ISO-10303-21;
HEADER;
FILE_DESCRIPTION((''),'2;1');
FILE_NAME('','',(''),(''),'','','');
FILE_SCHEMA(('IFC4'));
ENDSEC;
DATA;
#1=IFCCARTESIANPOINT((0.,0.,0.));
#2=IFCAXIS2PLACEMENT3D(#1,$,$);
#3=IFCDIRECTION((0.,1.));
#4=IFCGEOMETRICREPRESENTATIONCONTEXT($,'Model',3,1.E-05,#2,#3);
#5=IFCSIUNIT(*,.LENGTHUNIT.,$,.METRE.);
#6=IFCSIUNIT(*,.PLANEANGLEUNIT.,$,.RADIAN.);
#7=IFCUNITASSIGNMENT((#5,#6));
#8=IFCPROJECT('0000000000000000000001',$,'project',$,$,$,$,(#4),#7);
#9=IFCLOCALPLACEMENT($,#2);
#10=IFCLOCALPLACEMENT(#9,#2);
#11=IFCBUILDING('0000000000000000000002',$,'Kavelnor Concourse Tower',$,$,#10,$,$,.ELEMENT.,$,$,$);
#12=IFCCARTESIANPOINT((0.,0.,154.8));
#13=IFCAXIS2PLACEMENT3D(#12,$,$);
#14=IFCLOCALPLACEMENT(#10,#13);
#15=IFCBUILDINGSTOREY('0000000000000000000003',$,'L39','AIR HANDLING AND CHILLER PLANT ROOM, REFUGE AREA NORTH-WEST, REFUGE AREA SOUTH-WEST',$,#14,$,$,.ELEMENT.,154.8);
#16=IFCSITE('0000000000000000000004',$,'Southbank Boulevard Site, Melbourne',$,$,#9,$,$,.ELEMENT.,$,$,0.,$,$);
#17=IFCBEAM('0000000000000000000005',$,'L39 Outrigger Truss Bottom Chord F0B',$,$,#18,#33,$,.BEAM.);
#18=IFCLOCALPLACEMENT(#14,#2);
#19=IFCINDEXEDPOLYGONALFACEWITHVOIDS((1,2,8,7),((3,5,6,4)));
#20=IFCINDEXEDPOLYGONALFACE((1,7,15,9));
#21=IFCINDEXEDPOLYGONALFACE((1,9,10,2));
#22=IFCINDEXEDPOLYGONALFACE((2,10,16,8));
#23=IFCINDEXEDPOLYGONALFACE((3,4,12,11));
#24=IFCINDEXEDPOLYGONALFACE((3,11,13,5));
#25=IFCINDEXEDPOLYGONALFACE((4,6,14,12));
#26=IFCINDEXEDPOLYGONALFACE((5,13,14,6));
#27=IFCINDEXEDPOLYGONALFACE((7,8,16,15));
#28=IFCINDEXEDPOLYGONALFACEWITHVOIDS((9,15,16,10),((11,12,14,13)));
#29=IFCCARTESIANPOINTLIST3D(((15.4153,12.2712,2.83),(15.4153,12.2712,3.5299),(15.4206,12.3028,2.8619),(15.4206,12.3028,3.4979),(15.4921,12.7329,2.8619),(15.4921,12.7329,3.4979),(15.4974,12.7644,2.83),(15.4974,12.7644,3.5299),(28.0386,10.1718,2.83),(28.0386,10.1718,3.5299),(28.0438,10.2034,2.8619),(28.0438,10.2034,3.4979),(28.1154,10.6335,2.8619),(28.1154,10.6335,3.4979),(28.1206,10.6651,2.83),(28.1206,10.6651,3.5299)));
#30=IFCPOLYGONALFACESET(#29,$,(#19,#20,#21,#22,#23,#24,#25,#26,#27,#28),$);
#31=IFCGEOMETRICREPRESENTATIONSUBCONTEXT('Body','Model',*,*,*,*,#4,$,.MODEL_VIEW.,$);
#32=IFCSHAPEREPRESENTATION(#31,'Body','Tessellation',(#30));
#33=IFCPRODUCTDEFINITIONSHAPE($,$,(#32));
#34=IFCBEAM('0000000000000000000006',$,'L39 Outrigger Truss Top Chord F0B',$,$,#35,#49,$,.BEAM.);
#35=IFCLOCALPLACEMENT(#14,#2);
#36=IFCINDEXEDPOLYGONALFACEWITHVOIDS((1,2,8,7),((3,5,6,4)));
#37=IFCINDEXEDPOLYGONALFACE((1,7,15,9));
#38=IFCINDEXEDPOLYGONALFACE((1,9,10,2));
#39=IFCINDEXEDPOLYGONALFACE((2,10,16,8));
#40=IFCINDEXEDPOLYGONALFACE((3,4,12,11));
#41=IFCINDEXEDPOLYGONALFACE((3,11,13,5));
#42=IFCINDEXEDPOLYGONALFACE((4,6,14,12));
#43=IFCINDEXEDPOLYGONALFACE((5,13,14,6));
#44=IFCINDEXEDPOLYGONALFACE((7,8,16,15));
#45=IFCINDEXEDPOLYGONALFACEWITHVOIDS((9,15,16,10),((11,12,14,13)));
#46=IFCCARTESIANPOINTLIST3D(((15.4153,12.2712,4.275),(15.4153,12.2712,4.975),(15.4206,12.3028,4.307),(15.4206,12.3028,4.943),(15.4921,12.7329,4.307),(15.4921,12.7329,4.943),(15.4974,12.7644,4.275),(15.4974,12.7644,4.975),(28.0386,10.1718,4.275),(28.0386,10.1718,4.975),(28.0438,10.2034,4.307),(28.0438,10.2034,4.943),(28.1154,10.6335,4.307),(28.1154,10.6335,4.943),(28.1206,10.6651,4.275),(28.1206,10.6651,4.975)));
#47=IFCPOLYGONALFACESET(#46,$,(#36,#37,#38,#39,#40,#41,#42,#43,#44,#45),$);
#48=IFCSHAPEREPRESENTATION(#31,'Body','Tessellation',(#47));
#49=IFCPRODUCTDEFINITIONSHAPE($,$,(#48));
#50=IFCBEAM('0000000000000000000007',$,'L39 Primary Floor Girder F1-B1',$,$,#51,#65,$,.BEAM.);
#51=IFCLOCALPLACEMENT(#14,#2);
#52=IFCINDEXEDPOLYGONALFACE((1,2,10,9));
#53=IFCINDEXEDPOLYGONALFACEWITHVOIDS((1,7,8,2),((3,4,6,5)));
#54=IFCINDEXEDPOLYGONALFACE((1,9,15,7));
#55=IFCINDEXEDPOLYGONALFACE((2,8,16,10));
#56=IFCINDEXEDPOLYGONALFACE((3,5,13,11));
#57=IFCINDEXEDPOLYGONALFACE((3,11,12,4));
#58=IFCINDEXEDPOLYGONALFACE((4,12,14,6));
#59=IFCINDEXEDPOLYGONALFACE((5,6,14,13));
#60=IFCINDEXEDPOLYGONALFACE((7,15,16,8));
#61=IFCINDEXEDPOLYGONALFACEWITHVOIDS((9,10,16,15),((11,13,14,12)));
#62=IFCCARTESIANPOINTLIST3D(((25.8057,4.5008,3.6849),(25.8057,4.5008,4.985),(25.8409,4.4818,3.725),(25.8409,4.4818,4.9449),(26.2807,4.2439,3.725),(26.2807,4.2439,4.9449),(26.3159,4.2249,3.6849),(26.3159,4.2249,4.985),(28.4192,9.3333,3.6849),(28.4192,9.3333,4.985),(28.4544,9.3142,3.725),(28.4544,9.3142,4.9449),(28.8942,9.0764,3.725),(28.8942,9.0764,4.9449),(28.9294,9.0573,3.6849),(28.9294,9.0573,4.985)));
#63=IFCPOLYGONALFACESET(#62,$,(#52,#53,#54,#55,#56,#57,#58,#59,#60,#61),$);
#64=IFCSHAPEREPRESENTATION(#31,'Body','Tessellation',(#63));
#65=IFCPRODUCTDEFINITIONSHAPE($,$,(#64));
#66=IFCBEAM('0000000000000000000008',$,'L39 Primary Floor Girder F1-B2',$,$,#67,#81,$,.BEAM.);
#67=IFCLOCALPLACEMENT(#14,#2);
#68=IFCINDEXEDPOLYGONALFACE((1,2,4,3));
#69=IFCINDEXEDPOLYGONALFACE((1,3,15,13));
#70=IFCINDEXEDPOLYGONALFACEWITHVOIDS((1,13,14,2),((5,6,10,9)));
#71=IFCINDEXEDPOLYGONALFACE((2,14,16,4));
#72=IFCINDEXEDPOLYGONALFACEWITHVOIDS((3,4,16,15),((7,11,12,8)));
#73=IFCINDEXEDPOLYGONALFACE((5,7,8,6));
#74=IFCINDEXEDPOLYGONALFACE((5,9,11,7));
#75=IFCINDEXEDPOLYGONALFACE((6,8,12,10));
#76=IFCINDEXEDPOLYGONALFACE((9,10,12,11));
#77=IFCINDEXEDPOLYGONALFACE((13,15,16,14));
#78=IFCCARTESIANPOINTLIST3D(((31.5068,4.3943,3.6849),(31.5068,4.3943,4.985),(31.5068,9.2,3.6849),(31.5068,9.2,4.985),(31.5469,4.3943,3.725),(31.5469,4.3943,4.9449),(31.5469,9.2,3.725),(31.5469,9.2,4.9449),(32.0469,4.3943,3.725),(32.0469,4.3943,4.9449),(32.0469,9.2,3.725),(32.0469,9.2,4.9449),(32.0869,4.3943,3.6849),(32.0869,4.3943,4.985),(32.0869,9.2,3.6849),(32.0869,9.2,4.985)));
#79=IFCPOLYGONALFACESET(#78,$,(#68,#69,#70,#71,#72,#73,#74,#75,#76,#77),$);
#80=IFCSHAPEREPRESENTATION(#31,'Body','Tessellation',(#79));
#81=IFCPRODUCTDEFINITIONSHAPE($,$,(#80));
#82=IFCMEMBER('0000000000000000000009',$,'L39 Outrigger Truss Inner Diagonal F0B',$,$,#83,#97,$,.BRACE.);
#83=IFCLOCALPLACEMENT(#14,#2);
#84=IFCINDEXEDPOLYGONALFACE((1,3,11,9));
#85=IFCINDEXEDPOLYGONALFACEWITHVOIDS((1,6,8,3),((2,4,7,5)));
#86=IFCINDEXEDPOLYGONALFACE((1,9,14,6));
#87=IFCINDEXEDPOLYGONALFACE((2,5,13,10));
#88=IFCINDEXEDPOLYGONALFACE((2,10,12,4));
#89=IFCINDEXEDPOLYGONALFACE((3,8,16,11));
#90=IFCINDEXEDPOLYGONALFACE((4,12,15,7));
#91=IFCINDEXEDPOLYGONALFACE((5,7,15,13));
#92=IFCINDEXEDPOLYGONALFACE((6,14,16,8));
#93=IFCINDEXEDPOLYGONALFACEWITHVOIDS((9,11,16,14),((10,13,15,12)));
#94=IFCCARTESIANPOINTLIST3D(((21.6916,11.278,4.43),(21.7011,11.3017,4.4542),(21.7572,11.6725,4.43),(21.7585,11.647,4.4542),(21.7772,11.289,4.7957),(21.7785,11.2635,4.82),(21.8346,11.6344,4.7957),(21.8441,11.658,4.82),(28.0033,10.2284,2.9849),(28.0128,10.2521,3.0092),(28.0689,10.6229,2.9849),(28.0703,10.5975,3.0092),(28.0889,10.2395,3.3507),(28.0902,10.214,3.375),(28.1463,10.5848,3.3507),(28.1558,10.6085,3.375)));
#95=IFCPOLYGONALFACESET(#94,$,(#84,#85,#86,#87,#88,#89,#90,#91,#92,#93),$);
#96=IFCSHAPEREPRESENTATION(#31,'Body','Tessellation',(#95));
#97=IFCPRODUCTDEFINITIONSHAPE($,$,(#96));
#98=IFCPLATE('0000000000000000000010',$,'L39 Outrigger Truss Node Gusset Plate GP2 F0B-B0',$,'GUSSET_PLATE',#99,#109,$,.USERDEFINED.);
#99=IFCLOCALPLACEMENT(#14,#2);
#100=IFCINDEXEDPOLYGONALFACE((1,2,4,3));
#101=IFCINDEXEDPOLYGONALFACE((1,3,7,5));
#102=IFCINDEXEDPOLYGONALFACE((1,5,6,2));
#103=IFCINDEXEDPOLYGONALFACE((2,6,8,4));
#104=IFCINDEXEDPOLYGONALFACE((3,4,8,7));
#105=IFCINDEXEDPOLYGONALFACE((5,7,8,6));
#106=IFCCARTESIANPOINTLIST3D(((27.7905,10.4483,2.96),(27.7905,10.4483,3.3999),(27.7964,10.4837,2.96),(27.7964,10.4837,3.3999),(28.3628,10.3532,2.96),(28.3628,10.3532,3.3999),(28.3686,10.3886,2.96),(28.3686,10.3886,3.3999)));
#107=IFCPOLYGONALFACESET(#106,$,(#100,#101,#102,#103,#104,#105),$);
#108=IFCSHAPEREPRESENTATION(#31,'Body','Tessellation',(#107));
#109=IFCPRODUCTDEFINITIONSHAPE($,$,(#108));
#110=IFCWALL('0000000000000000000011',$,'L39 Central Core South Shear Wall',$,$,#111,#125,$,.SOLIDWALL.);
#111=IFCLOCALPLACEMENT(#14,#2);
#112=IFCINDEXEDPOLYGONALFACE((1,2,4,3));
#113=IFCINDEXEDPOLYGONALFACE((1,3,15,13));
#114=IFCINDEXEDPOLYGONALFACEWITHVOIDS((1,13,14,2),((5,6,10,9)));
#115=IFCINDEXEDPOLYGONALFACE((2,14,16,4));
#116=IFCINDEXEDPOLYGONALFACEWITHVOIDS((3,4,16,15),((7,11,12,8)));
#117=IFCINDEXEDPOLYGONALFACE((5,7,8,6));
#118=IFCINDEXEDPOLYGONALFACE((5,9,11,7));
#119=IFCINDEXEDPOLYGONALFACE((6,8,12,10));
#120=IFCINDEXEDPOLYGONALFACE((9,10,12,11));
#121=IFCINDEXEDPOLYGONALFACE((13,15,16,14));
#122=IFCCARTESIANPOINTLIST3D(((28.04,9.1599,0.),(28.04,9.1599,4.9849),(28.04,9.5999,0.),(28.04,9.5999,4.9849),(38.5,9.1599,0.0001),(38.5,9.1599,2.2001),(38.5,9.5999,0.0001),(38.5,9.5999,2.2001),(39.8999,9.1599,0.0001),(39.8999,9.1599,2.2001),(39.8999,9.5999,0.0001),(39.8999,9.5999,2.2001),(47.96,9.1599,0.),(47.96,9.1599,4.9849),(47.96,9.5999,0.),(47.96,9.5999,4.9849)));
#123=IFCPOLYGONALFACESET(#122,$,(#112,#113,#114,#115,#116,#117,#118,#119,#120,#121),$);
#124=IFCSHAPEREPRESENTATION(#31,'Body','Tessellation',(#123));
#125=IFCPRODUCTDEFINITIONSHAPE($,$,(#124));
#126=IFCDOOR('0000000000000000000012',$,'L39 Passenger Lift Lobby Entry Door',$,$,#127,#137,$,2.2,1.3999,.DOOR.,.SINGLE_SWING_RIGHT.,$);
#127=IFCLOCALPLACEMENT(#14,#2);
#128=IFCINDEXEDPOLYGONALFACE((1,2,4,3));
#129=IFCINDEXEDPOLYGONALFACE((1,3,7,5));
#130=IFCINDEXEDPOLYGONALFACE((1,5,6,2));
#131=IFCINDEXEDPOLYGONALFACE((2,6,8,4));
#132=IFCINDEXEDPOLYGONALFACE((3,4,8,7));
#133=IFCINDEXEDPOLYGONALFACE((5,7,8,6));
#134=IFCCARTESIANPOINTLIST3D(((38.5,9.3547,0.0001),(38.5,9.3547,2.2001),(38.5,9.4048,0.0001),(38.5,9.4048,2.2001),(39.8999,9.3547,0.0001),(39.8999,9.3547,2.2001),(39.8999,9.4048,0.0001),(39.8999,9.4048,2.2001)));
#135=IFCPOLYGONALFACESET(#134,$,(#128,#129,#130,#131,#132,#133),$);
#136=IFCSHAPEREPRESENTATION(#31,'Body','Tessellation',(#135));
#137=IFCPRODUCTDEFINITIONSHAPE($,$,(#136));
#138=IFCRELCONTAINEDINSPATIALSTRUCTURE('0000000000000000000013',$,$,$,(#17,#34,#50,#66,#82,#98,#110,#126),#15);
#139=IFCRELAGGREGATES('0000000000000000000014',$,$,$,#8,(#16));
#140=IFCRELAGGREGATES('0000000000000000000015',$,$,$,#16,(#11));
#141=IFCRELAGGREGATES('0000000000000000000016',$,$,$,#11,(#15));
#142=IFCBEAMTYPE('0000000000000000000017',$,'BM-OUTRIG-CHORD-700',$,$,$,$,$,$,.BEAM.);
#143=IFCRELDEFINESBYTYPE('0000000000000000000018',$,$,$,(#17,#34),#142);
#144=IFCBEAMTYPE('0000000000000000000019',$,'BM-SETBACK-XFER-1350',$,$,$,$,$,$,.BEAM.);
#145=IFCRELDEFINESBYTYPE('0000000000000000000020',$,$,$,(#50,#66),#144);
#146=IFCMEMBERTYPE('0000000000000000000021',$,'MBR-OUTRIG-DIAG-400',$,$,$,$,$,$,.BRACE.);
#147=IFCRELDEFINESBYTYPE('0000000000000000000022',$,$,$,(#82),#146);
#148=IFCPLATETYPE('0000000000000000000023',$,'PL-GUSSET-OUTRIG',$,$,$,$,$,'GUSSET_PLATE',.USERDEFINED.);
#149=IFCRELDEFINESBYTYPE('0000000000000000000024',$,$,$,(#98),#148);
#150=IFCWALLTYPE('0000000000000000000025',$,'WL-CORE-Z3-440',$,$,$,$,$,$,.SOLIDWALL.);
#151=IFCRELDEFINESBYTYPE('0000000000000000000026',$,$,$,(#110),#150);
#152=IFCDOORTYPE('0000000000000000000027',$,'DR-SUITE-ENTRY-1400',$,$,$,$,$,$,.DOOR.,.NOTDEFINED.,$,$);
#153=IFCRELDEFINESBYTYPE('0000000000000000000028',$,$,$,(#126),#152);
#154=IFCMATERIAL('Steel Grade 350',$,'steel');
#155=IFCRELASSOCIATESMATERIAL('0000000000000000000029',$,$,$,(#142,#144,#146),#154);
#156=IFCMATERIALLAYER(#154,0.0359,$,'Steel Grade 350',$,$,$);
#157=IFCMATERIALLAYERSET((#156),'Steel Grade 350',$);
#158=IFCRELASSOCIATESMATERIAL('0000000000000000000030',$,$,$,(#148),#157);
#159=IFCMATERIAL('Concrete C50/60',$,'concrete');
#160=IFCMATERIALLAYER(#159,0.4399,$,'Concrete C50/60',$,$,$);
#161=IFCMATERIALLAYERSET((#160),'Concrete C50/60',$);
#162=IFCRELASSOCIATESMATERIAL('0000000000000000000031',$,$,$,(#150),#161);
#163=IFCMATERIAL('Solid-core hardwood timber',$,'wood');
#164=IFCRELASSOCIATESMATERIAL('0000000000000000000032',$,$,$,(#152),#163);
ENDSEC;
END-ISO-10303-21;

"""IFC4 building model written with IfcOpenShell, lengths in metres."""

from ifc_helpers import new_model, si_unit, direction, frame, frame_2d, origin, origin_2d, place, context, subcontext, project, spatial, rectangle, hollow_rectangle, extrude, material, layer, layer_set, material_profile, profile_set, type_object, element, fill, save


model = new_model("IFC4")

# Units and contexts
model_context = context("Model", 3, precision=1e-05, world=origin(), true_north=direction((0.0, 1.0)))
body_context = subcontext(model_context, "Body", "Model", "MODEL_VIEW")
ifc_project = project(units=[si_unit("LENGTHUNIT", "METRE"), si_unit("PLANEANGLEUNIT", "RADIAN")], contexts=[model_context])

# Site, building, storey
site_placement = place(None, origin())
site = spatial("IfcSite", under=ifc_project, at=site_placement, Name="Southbank Boulevard Site, Melbourne", CompositionType="ELEMENT", RefElevation=0.0)
building_placement = place(site_placement, origin())
building = spatial("IfcBuilding", under=site, at=building_placement, Name="Kavelnor Concourse Tower", CompositionType="ELEMENT")
storey_placement = place(building_placement, frame((0.0, 0.0, 154.8)))
storey = spatial("IfcBuildingStorey", under=building, at=storey_placement, Name="L39", Description="AIR HANDLING AND CHILLER PLANT ROOM, REFUGE AREA NORTH-WEST, REFUGE AREA SOUTH-WEST", CompositionType="ELEMENT", Elevation=154.8)

# Beams
ifc_material_1 = material(Name="Steel Grade 350", Category="steel")
ifc_material_profile_1 = material_profile(ifc_material_1, hollow_rectangle(XDim=0.5, YDim=0.7, WallThickness=0.032, at=origin_2d()), Name="RHS 700x500x32")
ifc_profile_set_1 = profile_set([ifc_material_profile_1], Name="Steel Grade 350")
beam_type_1 = type_object("IfcBeamType", Name="BM-OUTRIG-CHORD-700", PredefinedType="BEAM", material=ifc_profile_set_1)
for number, where, z_axis, x_axis, name in (
    (1, (28.0796, 10.4185, 3.1799), (-0.986451, 0.164056, 0.0), (-0.164056, -0.986451, 0.0), "L39 Outrigger Truss Bottom Chord F0B"),
    (2, (28.0796, 10.4185, 4.625), (-0.986451, 0.164056, 0.0), (-0.164056, -0.986451, 0.0), "L39 Outrigger Truss Top Chord F0B"),
):
    element("IfcBeam", number, at=place(storey_placement, frame(where, z_axis=z_axis, x_axis=x_axis)), inside=storey, type_object=beam_type_1, Name=name, PredefinedType="BEAM", context=body_context, shape_type="SweptSolid", body=[
        extrude(hollow_rectangle(XDim=0.5, YDim=0.7, WallThickness=0.032, at=origin_2d()), origin(), (0.0, 0.0, 1.0), 12.7966),
    ])
ifc_material_profile_2 = material_profile(ifc_material_1, hollow_rectangle(XDim=0.5801, YDim=1.3, WallThickness=0.04, at=origin_2d()), Name="RHS 1300x580x40")
ifc_profile_set_2 = profile_set([ifc_material_profile_2], Name="Steel Grade 350")
beam_type_2 = type_object("IfcBeamType", Name="BM-SETBACK-XFER-1350", PredefinedType="BEAM", material=ifc_profile_set_2)
beam_1_placement = place(storey_placement, frame((28.6743, 9.1953, 4.335), z_axis=(-0.475708, -0.879603, 0.0), x_axis=(0.879603, -0.475708, 0.0)))
element("IfcBeam", 3, at=beam_1_placement, inside=storey, type_object=beam_type_2, Name="L39 Primary Floor Girder F1-B1", PredefinedType="BEAM", context=body_context, shape_type="SweptSolid", body=[
    extrude(hollow_rectangle(XDim=0.5801, YDim=1.3, WallThickness=0.04, at=origin_2d()), origin(), (0.0, 0.0, 1.0), 5.4939),
])
beam_2_placement = place(storey_placement, frame((31.7969, 9.2, 4.335), z_axis=(0.0, -1.0, 0.0), x_axis=(1.0, 0.0, 0.0)))
element("IfcBeam", 4, at=beam_2_placement, inside=storey, type_object=beam_type_2, Name="L39 Primary Floor Girder F1-B2", PredefinedType="BEAM", context=body_context, shape_type="SweptSolid", body=[
    extrude(hollow_rectangle(XDim=0.5801, YDim=1.3, WallThickness=0.04, at=origin_2d()), origin(), (0.0, 0.0, 1.0), 4.8057),
])

# Member
ifc_material_profile_3 = material_profile(ifc_material_1, hollow_rectangle(XDim=0.3999, YDim=0.3999, WallThickness=0.0249, at=origin_2d()), Name="SHS 400x400x25")
ifc_profile_set_3 = profile_set([ifc_material_profile_3], Name="Steel Grade 350")
member_type = type_object("IfcMemberType", Name="MBR-OUTRIG-DIAG-400", PredefinedType="BRACE", material=ifc_profile_set_3)
member_placement = place(storey_placement, frame((28.0796, 10.4185, 3.1799), z_axis=(-0.96222, 0.160004, 0.220299), x_axis=(-0.164034, -0.986455, 0.0)))
element("IfcMember", 5, at=member_placement, inside=storey, type_object=member_type, Name="L39 Outrigger Truss Inner Diagonal F0B", PredefinedType="BRACE", context=body_context, shape_type="SweptSolid", body=[
    extrude(hollow_rectangle(XDim=0.3999, YDim=0.3999, WallThickness=0.0249, at=origin_2d()), origin(), (0.0, 0.0, 1.0), 6.5596),
])

# Plate
ifc_layer_1 = layer(ifc_material_1, 0.0359, Name="Steel Grade 350")
ifc_layer_set_1 = layer_set([ifc_layer_1], Name="Steel Grade 350")
plate_type = type_object("IfcPlateType", Name="PL-GUSSET-OUTRIG", ElementType="GUSSET_PLATE", PredefinedType="USERDEFINED", material=ifc_layer_set_1)
plate_placement = place(storey_placement, frame((28.0796, 10.4185, 2.96), z_axis=(0.0, 0.0, 1.0), x_axis=(-0.986458, 0.164015, 0.0)))
element("IfcPlate", 6, at=plate_placement, inside=storey, type_object=plate_type, Name="L39 Outrigger Truss Node Gusset Plate GP2 F0B-B0", ObjectType="GUSSET_PLATE", PredefinedType="USERDEFINED", context=body_context, shape_type="SweptSolid", body=[
    extrude(rectangle(XDim=0.5801, YDim=0.0359, at=origin_2d()), origin(), (0.0, 0.0, 1.0), 0.4399),
])

# Wall, opening, door
ifc_material_2 = material(Name="Concrete C50/60", Category="concrete")
ifc_layer_2 = layer(ifc_material_2, 0.4399, Name="Concrete C50/60")
ifc_layer_set_2 = layer_set([ifc_layer_2], Name="Concrete C50/60")
wall_type_1 = type_object("IfcWallType", Name="WL-CORE-Z3-440", PredefinedType="SOLIDWALL", material=ifc_layer_set_2)
wall_1_placement = place(storey_placement, frame((28.04, 9.3799, 0.0), z_axis=(0.0, 0.0, 1.0), x_axis=(1.0, 0.0, 0.0)))
wall_1 = element("IfcWall", 7, at=wall_1_placement, inside=storey, type_object=wall_type_1, Name="L39 Central Core South Shear Wall", PredefinedType="SOLIDWALL", context=body_context, shape_type="SweptSolid", body=[
    extrude(rectangle(XDim=19.9199, YDim=0.4399, at=frame_2d((9.96, 0.0))), origin(), (0.0, 0.0, 1.0), 4.9849),
])
opening_1_placement = place(wall_1_placement, frame((10.46, 0.0, 0.0)))
opening_1 = element("IfcOpeningElement", 8, at=opening_1_placement, cuts=wall_1, PredefinedType="OPENING", context=body_context, shape_type="SweptSolid", body=[
    extrude(rectangle(XDim=1.3999, YDim=2.2, at=frame_2d((0.7, 1.1001))), frame((0.0, 0.23, 0.0), z_axis=(0.0, -1.0, 0.0), x_axis=(1.0, 0.0, 0.0)), (0.0, 0.0, 1.0), 0.46),
])
ifc_material_3 = material(Name="Solid-core hardwood timber", Category="wood")
door_type_1 = type_object("IfcDoorType", Name="DR-SUITE-ENTRY-1400", OperationType="NOTDEFINED", PredefinedType="DOOR", material=ifc_material_3)
door_1_placement = place(opening_1_placement, origin())
door_1 = element("IfcDoor", 9, at=door_1_placement, inside=storey, type_object=door_type_1, Name="L39 Passenger Lift Lobby Entry Door", OperationType="SINGLE_SWING_RIGHT", OverallHeight=2.2, OverallWidth=1.3999, PredefinedType="DOOR", context=body_context, shape_type="SweptSolid", body=[
    extrude(rectangle(XDim=1.3999, YDim=2.2, at=frame_2d((0.7, 1.1001))), frame((0.0, 0.0249, 0.0), z_axis=(0.0, -1.0, 0.0), x_axis=(1.0, 0.0, 0.0)), (0.0, 0.0, 1.0), 0.05),
])
fill(opening_1, door_1)

save(model, "model.ifc")
